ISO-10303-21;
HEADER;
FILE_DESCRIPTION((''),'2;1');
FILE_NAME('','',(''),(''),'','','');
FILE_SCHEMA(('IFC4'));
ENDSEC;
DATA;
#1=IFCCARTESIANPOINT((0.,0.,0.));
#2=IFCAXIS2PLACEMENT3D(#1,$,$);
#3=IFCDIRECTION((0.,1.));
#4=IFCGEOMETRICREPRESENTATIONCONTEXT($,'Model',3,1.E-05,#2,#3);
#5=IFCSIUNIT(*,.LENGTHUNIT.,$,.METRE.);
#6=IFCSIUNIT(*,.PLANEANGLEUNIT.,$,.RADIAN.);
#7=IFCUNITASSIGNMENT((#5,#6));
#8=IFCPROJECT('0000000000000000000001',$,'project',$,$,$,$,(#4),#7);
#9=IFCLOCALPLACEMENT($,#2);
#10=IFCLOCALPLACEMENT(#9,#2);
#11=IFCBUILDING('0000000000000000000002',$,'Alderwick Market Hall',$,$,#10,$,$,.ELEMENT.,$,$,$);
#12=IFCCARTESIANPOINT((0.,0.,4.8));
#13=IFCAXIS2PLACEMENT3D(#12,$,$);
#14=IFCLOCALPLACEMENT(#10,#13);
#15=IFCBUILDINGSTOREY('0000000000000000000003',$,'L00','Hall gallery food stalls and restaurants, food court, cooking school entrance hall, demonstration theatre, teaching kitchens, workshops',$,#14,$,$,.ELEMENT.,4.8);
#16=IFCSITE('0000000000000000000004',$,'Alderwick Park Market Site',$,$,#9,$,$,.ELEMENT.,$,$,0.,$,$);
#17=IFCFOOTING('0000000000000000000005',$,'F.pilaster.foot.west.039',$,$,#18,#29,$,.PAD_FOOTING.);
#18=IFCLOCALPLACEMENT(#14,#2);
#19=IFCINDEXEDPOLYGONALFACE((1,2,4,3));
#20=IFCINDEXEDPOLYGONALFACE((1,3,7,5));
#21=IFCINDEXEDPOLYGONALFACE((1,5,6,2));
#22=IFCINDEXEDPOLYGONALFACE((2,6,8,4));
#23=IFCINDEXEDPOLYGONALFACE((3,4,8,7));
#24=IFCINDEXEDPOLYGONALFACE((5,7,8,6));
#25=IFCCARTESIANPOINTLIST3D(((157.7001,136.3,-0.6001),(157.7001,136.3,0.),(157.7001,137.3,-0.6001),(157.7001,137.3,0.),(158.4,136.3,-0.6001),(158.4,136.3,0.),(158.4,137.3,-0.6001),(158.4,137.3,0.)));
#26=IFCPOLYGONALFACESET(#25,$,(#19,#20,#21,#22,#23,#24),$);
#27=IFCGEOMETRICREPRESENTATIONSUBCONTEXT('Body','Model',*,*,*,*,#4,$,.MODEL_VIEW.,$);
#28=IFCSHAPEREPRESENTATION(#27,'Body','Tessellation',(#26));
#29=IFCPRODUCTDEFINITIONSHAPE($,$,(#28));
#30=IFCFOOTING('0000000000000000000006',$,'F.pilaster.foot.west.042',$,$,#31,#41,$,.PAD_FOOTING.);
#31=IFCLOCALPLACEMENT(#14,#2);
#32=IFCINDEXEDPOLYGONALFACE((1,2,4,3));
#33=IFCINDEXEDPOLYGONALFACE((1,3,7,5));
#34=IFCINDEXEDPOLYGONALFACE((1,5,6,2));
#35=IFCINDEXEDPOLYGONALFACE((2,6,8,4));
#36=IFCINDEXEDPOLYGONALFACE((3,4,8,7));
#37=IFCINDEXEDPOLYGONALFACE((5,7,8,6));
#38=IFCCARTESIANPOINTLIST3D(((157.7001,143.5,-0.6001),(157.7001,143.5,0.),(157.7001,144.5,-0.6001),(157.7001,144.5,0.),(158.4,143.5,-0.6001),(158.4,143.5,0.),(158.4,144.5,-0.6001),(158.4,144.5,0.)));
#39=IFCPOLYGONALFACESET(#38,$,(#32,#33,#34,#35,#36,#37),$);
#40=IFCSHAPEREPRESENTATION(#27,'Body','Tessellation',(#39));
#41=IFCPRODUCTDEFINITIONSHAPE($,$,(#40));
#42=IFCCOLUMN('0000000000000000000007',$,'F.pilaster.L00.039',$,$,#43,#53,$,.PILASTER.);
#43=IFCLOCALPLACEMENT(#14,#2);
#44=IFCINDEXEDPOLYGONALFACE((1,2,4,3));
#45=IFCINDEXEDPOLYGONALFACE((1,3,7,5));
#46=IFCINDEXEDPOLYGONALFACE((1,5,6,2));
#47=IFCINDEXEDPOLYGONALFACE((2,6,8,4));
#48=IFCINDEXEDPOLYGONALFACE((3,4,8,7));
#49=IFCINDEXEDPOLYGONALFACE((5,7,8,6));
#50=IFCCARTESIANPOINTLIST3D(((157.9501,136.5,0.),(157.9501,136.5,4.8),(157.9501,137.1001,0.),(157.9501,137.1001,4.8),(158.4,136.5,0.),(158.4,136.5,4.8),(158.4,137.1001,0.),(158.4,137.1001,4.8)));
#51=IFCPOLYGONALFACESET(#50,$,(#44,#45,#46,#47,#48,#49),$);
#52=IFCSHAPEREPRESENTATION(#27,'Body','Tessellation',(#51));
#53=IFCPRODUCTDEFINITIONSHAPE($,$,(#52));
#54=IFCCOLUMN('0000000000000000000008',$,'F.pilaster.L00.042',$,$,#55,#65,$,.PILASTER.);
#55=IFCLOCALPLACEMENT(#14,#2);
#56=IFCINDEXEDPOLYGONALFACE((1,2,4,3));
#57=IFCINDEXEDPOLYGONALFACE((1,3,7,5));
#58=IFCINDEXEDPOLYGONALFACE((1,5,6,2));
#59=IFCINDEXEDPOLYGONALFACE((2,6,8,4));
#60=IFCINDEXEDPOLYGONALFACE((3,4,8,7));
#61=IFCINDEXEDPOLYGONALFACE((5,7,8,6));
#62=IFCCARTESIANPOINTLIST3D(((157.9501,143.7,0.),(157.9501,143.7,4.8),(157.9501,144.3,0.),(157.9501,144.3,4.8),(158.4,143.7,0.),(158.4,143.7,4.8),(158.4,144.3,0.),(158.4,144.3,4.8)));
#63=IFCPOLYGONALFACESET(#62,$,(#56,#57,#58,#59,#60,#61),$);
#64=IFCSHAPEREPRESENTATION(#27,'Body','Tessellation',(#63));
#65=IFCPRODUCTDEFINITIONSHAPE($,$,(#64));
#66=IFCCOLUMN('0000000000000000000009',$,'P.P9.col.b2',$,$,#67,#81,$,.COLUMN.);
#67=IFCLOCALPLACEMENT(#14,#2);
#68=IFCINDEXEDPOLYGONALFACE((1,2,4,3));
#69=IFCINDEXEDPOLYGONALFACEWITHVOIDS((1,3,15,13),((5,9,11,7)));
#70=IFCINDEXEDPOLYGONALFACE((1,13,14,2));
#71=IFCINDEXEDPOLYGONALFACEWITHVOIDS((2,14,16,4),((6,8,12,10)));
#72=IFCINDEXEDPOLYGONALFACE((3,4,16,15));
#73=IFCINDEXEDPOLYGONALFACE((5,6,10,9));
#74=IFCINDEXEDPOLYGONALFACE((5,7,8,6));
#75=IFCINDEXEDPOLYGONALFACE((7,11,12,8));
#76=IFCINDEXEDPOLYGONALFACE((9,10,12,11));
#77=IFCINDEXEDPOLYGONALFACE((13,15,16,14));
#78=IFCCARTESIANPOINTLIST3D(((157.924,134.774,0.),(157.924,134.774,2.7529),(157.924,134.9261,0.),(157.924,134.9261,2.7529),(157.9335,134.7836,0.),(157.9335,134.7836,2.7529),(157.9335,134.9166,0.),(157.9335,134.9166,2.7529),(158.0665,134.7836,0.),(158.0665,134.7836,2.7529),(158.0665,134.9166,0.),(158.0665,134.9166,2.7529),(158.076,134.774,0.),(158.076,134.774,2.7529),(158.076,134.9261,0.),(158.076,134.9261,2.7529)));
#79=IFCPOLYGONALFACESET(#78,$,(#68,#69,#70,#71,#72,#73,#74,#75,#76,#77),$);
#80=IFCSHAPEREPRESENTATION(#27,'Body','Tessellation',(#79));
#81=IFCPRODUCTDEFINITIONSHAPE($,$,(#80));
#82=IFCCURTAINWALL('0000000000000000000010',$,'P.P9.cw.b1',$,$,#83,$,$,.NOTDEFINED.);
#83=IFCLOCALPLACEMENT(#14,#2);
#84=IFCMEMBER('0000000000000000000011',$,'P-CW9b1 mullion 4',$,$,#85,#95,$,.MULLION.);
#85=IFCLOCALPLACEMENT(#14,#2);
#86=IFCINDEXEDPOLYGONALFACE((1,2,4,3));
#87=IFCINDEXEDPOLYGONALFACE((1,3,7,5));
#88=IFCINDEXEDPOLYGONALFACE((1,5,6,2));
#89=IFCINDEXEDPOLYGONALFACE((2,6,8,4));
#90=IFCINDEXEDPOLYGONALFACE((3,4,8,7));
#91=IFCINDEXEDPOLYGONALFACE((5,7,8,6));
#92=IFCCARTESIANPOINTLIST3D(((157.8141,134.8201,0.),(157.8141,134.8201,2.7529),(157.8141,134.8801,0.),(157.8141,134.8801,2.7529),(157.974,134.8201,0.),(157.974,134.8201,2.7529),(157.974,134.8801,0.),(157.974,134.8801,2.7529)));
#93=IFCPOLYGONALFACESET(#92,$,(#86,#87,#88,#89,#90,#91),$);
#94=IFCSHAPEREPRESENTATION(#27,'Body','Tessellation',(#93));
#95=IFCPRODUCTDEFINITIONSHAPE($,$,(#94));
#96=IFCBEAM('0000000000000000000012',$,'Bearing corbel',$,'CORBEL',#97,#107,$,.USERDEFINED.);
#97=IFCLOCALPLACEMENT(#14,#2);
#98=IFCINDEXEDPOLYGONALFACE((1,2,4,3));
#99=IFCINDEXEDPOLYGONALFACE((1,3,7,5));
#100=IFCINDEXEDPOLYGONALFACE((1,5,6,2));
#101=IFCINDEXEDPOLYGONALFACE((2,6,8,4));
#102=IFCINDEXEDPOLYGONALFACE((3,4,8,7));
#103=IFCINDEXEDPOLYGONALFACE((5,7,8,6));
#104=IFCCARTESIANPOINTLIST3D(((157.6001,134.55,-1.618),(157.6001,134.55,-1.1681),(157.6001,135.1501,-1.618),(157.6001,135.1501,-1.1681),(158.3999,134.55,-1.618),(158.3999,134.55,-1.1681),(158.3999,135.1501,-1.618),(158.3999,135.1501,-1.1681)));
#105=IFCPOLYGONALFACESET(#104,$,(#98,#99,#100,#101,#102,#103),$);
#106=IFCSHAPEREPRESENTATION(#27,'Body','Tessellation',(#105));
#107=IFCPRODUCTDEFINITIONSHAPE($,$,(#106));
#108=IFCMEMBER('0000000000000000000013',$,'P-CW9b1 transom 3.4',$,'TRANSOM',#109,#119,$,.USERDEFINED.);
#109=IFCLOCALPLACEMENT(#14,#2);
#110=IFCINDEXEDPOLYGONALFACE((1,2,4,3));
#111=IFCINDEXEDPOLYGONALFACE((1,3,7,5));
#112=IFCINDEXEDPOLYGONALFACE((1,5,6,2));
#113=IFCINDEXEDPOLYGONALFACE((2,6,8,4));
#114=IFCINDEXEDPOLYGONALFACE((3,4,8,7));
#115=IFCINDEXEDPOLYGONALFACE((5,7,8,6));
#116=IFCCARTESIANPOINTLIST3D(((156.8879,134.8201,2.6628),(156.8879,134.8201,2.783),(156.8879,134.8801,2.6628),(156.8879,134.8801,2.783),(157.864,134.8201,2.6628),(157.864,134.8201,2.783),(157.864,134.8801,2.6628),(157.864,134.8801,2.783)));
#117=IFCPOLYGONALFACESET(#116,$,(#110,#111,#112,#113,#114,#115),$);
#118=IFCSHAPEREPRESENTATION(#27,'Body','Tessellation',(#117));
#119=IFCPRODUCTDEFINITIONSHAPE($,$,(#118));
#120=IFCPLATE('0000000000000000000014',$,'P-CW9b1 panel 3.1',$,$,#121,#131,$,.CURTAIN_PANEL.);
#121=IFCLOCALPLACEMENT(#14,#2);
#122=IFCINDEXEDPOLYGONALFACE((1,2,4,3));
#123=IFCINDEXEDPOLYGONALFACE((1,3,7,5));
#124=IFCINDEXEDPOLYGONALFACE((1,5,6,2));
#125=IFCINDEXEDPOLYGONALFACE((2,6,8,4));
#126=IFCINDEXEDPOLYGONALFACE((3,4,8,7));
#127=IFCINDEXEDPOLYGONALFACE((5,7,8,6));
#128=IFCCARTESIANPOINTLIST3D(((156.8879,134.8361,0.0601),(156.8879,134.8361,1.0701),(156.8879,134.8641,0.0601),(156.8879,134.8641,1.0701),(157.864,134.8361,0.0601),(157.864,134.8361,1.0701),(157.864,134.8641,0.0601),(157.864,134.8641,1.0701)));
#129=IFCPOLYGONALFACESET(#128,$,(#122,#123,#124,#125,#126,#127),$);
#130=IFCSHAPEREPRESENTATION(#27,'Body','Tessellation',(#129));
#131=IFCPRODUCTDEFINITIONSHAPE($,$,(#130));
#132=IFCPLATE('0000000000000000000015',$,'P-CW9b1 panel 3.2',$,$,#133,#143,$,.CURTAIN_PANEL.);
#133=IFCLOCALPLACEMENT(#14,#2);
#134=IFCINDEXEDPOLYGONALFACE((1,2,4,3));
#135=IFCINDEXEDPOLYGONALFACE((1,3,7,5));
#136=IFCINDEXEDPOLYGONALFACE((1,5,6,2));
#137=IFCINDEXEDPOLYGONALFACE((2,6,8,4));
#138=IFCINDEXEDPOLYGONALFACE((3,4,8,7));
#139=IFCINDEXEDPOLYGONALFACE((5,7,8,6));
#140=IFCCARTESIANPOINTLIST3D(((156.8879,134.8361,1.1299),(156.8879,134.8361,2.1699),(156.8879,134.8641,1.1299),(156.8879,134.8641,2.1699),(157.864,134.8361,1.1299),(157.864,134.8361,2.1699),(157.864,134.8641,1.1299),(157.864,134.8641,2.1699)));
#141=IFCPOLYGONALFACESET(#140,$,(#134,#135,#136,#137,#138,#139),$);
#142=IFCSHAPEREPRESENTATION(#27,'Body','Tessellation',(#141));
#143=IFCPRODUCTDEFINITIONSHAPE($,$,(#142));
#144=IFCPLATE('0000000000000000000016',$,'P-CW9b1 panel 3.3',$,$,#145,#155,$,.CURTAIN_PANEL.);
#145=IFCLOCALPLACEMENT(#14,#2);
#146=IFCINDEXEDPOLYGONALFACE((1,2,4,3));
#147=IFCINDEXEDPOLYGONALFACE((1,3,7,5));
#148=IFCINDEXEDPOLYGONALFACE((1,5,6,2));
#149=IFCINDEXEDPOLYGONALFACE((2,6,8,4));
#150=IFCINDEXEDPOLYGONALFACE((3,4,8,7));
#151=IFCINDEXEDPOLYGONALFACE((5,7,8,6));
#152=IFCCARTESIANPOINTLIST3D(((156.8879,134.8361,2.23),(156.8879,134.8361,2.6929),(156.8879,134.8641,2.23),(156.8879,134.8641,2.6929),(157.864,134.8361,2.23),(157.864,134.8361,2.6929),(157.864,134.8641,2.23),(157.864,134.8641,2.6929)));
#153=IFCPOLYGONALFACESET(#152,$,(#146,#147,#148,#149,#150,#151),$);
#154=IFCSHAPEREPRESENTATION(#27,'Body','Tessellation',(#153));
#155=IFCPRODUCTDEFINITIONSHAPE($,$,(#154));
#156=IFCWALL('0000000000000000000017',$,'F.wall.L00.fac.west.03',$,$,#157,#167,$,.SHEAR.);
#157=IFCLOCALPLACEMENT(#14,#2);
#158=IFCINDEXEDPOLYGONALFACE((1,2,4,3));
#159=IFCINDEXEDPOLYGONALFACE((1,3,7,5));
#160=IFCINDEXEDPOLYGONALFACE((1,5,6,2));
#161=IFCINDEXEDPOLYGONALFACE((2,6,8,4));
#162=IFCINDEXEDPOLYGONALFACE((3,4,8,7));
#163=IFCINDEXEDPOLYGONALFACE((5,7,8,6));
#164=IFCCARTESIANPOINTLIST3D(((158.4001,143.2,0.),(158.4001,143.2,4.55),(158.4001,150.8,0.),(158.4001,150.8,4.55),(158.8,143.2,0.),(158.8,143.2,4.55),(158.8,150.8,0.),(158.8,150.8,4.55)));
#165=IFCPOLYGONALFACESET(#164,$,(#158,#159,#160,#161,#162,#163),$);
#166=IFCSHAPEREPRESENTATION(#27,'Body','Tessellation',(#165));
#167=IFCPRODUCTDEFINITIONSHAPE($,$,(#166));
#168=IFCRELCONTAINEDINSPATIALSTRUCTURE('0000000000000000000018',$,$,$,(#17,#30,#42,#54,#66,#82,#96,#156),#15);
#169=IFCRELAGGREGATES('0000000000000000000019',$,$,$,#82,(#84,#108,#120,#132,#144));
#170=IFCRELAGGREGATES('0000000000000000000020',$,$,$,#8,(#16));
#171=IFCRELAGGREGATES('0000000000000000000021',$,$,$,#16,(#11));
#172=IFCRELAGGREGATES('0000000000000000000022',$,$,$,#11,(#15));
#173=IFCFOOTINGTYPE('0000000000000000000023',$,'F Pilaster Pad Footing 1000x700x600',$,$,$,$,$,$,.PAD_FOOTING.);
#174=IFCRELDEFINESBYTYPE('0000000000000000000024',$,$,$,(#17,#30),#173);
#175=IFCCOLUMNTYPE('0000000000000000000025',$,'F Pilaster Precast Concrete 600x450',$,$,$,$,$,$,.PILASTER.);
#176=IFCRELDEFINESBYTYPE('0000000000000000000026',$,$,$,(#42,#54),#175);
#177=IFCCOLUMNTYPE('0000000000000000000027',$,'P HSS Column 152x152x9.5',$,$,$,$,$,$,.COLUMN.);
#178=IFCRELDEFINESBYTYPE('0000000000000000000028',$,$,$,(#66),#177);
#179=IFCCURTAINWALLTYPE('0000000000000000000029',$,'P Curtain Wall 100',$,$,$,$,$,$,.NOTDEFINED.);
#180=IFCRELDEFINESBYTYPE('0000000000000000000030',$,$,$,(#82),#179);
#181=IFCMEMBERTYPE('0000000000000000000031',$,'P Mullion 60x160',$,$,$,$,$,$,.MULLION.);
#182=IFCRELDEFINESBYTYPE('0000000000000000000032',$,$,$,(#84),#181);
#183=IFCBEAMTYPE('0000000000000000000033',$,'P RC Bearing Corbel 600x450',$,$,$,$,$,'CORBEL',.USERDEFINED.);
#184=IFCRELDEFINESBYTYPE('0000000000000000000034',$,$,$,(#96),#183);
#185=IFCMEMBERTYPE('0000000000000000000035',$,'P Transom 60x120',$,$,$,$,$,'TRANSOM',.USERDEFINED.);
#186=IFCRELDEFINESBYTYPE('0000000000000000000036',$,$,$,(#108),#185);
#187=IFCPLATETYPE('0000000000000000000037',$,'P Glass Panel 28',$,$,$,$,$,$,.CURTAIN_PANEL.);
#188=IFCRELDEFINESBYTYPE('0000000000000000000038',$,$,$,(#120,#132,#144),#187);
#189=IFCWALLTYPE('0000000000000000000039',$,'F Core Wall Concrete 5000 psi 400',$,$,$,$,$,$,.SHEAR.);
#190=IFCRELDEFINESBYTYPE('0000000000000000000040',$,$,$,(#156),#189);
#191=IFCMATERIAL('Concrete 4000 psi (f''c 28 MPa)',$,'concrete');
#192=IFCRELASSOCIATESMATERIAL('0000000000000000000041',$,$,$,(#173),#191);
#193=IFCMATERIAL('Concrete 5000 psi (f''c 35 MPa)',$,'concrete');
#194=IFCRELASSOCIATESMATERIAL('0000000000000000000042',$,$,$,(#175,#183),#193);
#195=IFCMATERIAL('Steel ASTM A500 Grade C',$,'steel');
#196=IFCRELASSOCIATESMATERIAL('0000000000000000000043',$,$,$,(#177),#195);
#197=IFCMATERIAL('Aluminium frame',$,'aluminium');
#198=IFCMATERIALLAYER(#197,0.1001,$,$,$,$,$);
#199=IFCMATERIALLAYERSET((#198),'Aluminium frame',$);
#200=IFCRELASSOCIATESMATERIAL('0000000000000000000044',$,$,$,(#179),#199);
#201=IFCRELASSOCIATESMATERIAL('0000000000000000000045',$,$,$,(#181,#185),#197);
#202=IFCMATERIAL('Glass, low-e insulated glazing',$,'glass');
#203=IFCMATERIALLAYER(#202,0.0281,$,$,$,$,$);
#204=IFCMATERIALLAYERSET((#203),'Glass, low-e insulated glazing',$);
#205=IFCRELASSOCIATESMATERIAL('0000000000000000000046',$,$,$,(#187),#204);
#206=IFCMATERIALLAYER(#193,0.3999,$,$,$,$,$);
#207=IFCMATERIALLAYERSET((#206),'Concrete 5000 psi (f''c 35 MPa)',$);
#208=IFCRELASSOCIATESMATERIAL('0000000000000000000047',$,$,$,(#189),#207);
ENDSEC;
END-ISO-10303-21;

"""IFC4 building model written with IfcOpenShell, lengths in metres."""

from ifc_helpers import new_model, si_unit, direction, frame, frame_2d, origin, origin_2d, place, context, subcontext, project, spatial, rectangle, hollow_rectangle, extrude, material, layer, layer_set, material_profile, profile_set, type_object, element, aggregate, save


model = new_model("IFC4")

# Units and contexts
model_context = context("Model", 3, precision=1e-05, world=origin(), true_north=direction((0.0, 1.0)))
body_context = subcontext(model_context, "Body", "Model", "MODEL_VIEW")
ifc_project = project(units=[si_unit("LENGTHUNIT", "METRE"), si_unit("PLANEANGLEUNIT", "RADIAN")], contexts=[model_context])

# Site, building, storey
site_placement = place(None, origin())
site = spatial("IfcSite", under=ifc_project, at=site_placement, Name="Alderwick Park Market Site", CompositionType="ELEMENT", RefElevation=0.0)
building_placement = place(site_placement, origin())
building = spatial("IfcBuilding", under=site, at=building_placement, Name="Alderwick Market Hall", CompositionType="ELEMENT")
storey_placement = place(building_placement, frame((0.0, 0.0, 4.8)))
storey = spatial("IfcBuildingStorey", under=building, at=storey_placement, Name="L00", Description="Hall gallery food stalls and restaurants, food court, cooking school entrance hall, demonstration theatre, teaching kitchens, workshops", CompositionType="ELEMENT", Elevation=4.8)

# Footings
ifc_material_1 = material(Name="Concrete 4000 psi (f'c 28 MPa)", Category="concrete")
footing_type = type_object("IfcFootingType", Name="F Pilaster Pad Footing 1000x700x600", PredefinedType="PAD_FOOTING", material=ifc_material_1)
for number, where, z_axis, x_axis, name in (
    (1, (158.05, 136.8, -0.6001), (0.0, 0.0, 1.0), (1.0, 0.0, 0.0), "F.pilaster.foot.west.039"),
    (2, (158.05, 144.0, -0.6001), (0.0, 0.0, 1.0), (1.0, 0.0, 0.0), "F.pilaster.foot.west.042"),
):
    element("IfcFooting", number, at=place(storey_placement, frame(where, z_axis=z_axis, x_axis=x_axis)), inside=storey, type_object=footing_type, Name=name, PredefinedType="PAD_FOOTING", context=body_context, shape_type="SweptSolid", body=[
        extrude(rectangle(XDim=0.7, YDim=1.0, at=origin_2d()), origin(), (0.0, 0.0, 1.0), 0.6001),
    ])

# Columns
ifc_material_2 = material(Name="Concrete 5000 psi (f'c 35 MPa)", Category="concrete")
ifc_material_profile_1 = material_profile(ifc_material_2, rectangle(XDim=0.6001, YDim=0.45, at=origin_2d()), Name="PC 600x450")
ifc_profile_set_1 = profile_set([ifc_material_profile_1], Name="Concrete 5000 psi (f'c 35 MPa)")
column_type_1 = type_object("IfcColumnType", Name="F Pilaster Precast Concrete 600x450", PredefinedType="PILASTER", material=ifc_profile_set_1)
for number, where, z_axis, x_axis, name in (
    (3, (158.175, 136.8, 0.0), (0.0, 0.0, 1.0), (0.0, 1.0, 0.0), "F.pilaster.L00.039"),
    (4, (158.175, 144.0, 0.0), (0.0, 0.0, 1.0), (0.0, 1.0, 0.0), "F.pilaster.L00.042"),
):
    element("IfcColumn", number, at=place(storey_placement, frame(where, z_axis=z_axis, x_axis=x_axis)), inside=storey, type_object=column_type_1, Name=name, PredefinedType="PILASTER", context=body_context, shape_type="SweptSolid", body=[
        extrude(rectangle(XDim=0.6001, YDim=0.45, at=origin_2d()), origin(), (0.0, 0.0, 1.0), 4.8),
    ])
ifc_material_3 = material(Name="Steel ASTM A500 Grade C", Category="steel")
ifc_material_profile_2 = material_profile(ifc_material_3, hollow_rectangle(XDim=0.1521, YDim=0.1521, WallThickness=0.0095, at=origin_2d()), Name="HSS152x152x9.5")
ifc_profile_set_2 = profile_set([ifc_material_profile_2], Name="Steel ASTM A500 Grade C")
column_type_2 = type_object("IfcColumnType", Name="P HSS Column 152x152x9.5", PredefinedType="COLUMN", material=ifc_profile_set_2)
column_placement = place(storey_placement, frame((158.0, 134.8501, 0.0), z_axis=(0.0, 0.0, 1.0), x_axis=(1.0, 0.0, 0.0)))
element("IfcColumn", 5, at=column_placement, inside=storey, type_object=column_type_2, Name="P.P9.col.b2", PredefinedType="COLUMN", context=body_context, shape_type="SweptSolid", body=[
    extrude(hollow_rectangle(XDim=0.1521, YDim=0.1521, WallThickness=0.0095, at=origin_2d()), origin(), (0.0, 0.0, 1.0), 2.7529),
])

# Curtain wall, member
ifc_material_4 = material(Name="Aluminium frame", Category="aluminium")
ifc_layer_1 = layer(ifc_material_4, 0.1001)
ifc_layer_set_1 = layer_set([ifc_layer_1], Name="Aluminium frame")
curtain_wall_type = type_object("IfcCurtainWallType", Name="P Curtain Wall 100", PredefinedType="NOTDEFINED", material=ifc_layer_set_1)
curtain_wall_placement = place(storey_placement, origin())
curtain_wall = element("IfcCurtainWall", 6, at=curtain_wall_placement, inside=storey, type_object=curtain_wall_type, Name="P.P9.cw.b1", PredefinedType="NOTDEFINED")
ifc_material_profile_3 = material_profile(ifc_material_4, rectangle(XDim=0.0601, YDim=0.1599, at=origin_2d()), Name="P Mullion 60x160")
ifc_profile_set_3 = profile_set([ifc_material_profile_3], Name="Aluminium frame")
member_type_1 = type_object("IfcMemberType", Name="P Mullion 60x160", PredefinedType="MULLION", material=ifc_profile_set_3)
member_1_placement = place(storey_placement, frame((157.894, 134.8501, 0.0), z_axis=(0.0, 0.0, 1.0), x_axis=(0.0, 1.0, 0.0)))
member_1 = element("IfcMember", 7, at=member_1_placement, type_object=member_type_1, Name="P-CW9b1 mullion 4", PredefinedType="MULLION", context=body_context, shape_type="SweptSolid", body=[
    extrude(rectangle(XDim=0.0601, YDim=0.1599, at=origin_2d()), origin(), (0.0, 0.0, 1.0), 2.7529),
])

# Beam
ifc_material_profile_4 = material_profile(ifc_material_2, rectangle(XDim=0.6001, YDim=0.45, at=origin_2d()), Name="P RC Bearing Corbel 600x450")
ifc_profile_set_4 = profile_set([ifc_material_profile_4], Name="Concrete 5000 psi (f'c 35 MPa)")
beam_type = type_object("IfcBeamType", Name="P RC Bearing Corbel 600x450", ElementType="CORBEL", PredefinedType="USERDEFINED", material=ifc_profile_set_4)
beam_placement = place(storey_placement, frame((157.6001, 134.8501, -1.3931), z_axis=(1.0, 0.0, 0.0), x_axis=(0.0, 1.0, 0.0)))
element("IfcBeam", 8, at=beam_placement, inside=storey, type_object=beam_type, Name="Bearing corbel", ObjectType="CORBEL", PredefinedType="USERDEFINED", context=body_context, shape_type="SweptSolid", body=[
    extrude(rectangle(XDim=0.6001, YDim=0.45, at=origin_2d()), origin(), (0.0, 0.0, 1.0), 0.7998),
])

# Member
ifc_material_profile_5 = material_profile(ifc_material_4, rectangle(XDim=0.0601, YDim=0.1201, at=origin_2d()), Name="P Transom 60x120")
ifc_profile_set_5 = profile_set([ifc_material_profile_5], Name="Aluminium frame")
member_type_2 = type_object("IfcMemberType", Name="P Transom 60x120", ElementType="TRANSOM", PredefinedType="USERDEFINED", material=ifc_profile_set_5)
member_2_placement = place(storey_placement, frame((156.8879, 134.8501, 2.7229), z_axis=(1.0, 0.0, 0.0), x_axis=(0.0, 1.0, 0.0)))
member_2 = element("IfcMember", 9, at=member_2_placement, type_object=member_type_2, Name="P-CW9b1 transom 3.4", ObjectType="TRANSOM", PredefinedType="USERDEFINED", context=body_context, shape_type="SweptSolid", body=[
    extrude(rectangle(XDim=0.0601, YDim=0.1201, at=origin_2d()), origin(), (0.0, 0.0, 1.0), 0.9761),
])

# Plates
ifc_material_5 = material(Name="Glass, low-e insulated glazing", Category="glass")
ifc_layer_2 = layer(ifc_material_5, 0.0281)
ifc_layer_set_2 = layer_set([ifc_layer_2], Name="Glass, low-e insulated glazing")
plate_type = type_object("IfcPlateType", Name="P Glass Panel 28", PredefinedType="CURTAIN_PANEL", material=ifc_layer_set_2)
plate_1_placement = place(storey_placement, frame((157.376, 134.8501, 0.0601), z_axis=(0.0, 0.0, 1.0), x_axis=(1.0, 0.0, 0.0)))
plate_1 = element("IfcPlate", 10, at=plate_1_placement, type_object=plate_type, Name="P-CW9b1 panel 3.1", PredefinedType="CURTAIN_PANEL", context=body_context, shape_type="SweptSolid", body=[
    extrude(rectangle(XDim=0.9761, YDim=0.0281, at=origin_2d()), origin(), (0.0, 0.0, 1.0), 1.01),
])
plate_2_placement = place(storey_placement, frame((157.376, 134.8501, 1.1299), z_axis=(0.0, 0.0, 1.0), x_axis=(1.0, 0.0, 0.0)))
plate_2 = element("IfcPlate", 11, at=plate_2_placement, type_object=plate_type, Name="P-CW9b1 panel 3.2", PredefinedType="CURTAIN_PANEL", context=body_context, shape_type="SweptSolid", body=[
    extrude(rectangle(XDim=0.9761, YDim=0.0281, at=origin_2d()), origin(), (0.0, 0.0, 1.0), 1.04),
])
plate_3_placement = place(storey_placement, frame((157.376, 134.8501, 2.23), z_axis=(0.0, 0.0, 1.0), x_axis=(1.0, 0.0, 0.0)))
plate_3 = element("IfcPlate", 12, at=plate_3_placement, type_object=plate_type, Name="P-CW9b1 panel 3.3", PredefinedType="CURTAIN_PANEL", context=body_context, shape_type="SweptSolid", body=[
    extrude(rectangle(XDim=0.9761, YDim=0.0281, at=origin_2d()), origin(), (0.0, 0.0, 1.0), 0.4629),
])
aggregate(curtain_wall, [member_1, member_2, plate_1, plate_2, plate_3])

# Wall
ifc_layer_3 = layer(ifc_material_2, 0.3999)
ifc_layer_set_3 = layer_set([ifc_layer_3], Name="Concrete 5000 psi (f'c 35 MPa)")
wall_type_1 = type_object("IfcWallType", Name="F Core Wall Concrete 5000 psi 400", PredefinedType="SHEAR", material=ifc_layer_set_3)
wall_1_placement = place(storey_placement, frame((158.6001, 143.2, 0.0), z_axis=(0.0, 0.0, 1.0), x_axis=(0.0, 1.0, 0.0)))
element("IfcWall", 13, at=wall_1_placement, inside=storey, type_object=wall_type_1, Name="F.wall.L00.fac.west.03", PredefinedType="SHEAR", context=body_context, shape_type="SweptSolid", body=[
    extrude(rectangle(XDim=7.6001, YDim=0.3999, at=frame_2d((3.8, 0.0))), origin(), (0.0, 0.0, 1.0), 4.55),
])

save(model, "model.ifc")
